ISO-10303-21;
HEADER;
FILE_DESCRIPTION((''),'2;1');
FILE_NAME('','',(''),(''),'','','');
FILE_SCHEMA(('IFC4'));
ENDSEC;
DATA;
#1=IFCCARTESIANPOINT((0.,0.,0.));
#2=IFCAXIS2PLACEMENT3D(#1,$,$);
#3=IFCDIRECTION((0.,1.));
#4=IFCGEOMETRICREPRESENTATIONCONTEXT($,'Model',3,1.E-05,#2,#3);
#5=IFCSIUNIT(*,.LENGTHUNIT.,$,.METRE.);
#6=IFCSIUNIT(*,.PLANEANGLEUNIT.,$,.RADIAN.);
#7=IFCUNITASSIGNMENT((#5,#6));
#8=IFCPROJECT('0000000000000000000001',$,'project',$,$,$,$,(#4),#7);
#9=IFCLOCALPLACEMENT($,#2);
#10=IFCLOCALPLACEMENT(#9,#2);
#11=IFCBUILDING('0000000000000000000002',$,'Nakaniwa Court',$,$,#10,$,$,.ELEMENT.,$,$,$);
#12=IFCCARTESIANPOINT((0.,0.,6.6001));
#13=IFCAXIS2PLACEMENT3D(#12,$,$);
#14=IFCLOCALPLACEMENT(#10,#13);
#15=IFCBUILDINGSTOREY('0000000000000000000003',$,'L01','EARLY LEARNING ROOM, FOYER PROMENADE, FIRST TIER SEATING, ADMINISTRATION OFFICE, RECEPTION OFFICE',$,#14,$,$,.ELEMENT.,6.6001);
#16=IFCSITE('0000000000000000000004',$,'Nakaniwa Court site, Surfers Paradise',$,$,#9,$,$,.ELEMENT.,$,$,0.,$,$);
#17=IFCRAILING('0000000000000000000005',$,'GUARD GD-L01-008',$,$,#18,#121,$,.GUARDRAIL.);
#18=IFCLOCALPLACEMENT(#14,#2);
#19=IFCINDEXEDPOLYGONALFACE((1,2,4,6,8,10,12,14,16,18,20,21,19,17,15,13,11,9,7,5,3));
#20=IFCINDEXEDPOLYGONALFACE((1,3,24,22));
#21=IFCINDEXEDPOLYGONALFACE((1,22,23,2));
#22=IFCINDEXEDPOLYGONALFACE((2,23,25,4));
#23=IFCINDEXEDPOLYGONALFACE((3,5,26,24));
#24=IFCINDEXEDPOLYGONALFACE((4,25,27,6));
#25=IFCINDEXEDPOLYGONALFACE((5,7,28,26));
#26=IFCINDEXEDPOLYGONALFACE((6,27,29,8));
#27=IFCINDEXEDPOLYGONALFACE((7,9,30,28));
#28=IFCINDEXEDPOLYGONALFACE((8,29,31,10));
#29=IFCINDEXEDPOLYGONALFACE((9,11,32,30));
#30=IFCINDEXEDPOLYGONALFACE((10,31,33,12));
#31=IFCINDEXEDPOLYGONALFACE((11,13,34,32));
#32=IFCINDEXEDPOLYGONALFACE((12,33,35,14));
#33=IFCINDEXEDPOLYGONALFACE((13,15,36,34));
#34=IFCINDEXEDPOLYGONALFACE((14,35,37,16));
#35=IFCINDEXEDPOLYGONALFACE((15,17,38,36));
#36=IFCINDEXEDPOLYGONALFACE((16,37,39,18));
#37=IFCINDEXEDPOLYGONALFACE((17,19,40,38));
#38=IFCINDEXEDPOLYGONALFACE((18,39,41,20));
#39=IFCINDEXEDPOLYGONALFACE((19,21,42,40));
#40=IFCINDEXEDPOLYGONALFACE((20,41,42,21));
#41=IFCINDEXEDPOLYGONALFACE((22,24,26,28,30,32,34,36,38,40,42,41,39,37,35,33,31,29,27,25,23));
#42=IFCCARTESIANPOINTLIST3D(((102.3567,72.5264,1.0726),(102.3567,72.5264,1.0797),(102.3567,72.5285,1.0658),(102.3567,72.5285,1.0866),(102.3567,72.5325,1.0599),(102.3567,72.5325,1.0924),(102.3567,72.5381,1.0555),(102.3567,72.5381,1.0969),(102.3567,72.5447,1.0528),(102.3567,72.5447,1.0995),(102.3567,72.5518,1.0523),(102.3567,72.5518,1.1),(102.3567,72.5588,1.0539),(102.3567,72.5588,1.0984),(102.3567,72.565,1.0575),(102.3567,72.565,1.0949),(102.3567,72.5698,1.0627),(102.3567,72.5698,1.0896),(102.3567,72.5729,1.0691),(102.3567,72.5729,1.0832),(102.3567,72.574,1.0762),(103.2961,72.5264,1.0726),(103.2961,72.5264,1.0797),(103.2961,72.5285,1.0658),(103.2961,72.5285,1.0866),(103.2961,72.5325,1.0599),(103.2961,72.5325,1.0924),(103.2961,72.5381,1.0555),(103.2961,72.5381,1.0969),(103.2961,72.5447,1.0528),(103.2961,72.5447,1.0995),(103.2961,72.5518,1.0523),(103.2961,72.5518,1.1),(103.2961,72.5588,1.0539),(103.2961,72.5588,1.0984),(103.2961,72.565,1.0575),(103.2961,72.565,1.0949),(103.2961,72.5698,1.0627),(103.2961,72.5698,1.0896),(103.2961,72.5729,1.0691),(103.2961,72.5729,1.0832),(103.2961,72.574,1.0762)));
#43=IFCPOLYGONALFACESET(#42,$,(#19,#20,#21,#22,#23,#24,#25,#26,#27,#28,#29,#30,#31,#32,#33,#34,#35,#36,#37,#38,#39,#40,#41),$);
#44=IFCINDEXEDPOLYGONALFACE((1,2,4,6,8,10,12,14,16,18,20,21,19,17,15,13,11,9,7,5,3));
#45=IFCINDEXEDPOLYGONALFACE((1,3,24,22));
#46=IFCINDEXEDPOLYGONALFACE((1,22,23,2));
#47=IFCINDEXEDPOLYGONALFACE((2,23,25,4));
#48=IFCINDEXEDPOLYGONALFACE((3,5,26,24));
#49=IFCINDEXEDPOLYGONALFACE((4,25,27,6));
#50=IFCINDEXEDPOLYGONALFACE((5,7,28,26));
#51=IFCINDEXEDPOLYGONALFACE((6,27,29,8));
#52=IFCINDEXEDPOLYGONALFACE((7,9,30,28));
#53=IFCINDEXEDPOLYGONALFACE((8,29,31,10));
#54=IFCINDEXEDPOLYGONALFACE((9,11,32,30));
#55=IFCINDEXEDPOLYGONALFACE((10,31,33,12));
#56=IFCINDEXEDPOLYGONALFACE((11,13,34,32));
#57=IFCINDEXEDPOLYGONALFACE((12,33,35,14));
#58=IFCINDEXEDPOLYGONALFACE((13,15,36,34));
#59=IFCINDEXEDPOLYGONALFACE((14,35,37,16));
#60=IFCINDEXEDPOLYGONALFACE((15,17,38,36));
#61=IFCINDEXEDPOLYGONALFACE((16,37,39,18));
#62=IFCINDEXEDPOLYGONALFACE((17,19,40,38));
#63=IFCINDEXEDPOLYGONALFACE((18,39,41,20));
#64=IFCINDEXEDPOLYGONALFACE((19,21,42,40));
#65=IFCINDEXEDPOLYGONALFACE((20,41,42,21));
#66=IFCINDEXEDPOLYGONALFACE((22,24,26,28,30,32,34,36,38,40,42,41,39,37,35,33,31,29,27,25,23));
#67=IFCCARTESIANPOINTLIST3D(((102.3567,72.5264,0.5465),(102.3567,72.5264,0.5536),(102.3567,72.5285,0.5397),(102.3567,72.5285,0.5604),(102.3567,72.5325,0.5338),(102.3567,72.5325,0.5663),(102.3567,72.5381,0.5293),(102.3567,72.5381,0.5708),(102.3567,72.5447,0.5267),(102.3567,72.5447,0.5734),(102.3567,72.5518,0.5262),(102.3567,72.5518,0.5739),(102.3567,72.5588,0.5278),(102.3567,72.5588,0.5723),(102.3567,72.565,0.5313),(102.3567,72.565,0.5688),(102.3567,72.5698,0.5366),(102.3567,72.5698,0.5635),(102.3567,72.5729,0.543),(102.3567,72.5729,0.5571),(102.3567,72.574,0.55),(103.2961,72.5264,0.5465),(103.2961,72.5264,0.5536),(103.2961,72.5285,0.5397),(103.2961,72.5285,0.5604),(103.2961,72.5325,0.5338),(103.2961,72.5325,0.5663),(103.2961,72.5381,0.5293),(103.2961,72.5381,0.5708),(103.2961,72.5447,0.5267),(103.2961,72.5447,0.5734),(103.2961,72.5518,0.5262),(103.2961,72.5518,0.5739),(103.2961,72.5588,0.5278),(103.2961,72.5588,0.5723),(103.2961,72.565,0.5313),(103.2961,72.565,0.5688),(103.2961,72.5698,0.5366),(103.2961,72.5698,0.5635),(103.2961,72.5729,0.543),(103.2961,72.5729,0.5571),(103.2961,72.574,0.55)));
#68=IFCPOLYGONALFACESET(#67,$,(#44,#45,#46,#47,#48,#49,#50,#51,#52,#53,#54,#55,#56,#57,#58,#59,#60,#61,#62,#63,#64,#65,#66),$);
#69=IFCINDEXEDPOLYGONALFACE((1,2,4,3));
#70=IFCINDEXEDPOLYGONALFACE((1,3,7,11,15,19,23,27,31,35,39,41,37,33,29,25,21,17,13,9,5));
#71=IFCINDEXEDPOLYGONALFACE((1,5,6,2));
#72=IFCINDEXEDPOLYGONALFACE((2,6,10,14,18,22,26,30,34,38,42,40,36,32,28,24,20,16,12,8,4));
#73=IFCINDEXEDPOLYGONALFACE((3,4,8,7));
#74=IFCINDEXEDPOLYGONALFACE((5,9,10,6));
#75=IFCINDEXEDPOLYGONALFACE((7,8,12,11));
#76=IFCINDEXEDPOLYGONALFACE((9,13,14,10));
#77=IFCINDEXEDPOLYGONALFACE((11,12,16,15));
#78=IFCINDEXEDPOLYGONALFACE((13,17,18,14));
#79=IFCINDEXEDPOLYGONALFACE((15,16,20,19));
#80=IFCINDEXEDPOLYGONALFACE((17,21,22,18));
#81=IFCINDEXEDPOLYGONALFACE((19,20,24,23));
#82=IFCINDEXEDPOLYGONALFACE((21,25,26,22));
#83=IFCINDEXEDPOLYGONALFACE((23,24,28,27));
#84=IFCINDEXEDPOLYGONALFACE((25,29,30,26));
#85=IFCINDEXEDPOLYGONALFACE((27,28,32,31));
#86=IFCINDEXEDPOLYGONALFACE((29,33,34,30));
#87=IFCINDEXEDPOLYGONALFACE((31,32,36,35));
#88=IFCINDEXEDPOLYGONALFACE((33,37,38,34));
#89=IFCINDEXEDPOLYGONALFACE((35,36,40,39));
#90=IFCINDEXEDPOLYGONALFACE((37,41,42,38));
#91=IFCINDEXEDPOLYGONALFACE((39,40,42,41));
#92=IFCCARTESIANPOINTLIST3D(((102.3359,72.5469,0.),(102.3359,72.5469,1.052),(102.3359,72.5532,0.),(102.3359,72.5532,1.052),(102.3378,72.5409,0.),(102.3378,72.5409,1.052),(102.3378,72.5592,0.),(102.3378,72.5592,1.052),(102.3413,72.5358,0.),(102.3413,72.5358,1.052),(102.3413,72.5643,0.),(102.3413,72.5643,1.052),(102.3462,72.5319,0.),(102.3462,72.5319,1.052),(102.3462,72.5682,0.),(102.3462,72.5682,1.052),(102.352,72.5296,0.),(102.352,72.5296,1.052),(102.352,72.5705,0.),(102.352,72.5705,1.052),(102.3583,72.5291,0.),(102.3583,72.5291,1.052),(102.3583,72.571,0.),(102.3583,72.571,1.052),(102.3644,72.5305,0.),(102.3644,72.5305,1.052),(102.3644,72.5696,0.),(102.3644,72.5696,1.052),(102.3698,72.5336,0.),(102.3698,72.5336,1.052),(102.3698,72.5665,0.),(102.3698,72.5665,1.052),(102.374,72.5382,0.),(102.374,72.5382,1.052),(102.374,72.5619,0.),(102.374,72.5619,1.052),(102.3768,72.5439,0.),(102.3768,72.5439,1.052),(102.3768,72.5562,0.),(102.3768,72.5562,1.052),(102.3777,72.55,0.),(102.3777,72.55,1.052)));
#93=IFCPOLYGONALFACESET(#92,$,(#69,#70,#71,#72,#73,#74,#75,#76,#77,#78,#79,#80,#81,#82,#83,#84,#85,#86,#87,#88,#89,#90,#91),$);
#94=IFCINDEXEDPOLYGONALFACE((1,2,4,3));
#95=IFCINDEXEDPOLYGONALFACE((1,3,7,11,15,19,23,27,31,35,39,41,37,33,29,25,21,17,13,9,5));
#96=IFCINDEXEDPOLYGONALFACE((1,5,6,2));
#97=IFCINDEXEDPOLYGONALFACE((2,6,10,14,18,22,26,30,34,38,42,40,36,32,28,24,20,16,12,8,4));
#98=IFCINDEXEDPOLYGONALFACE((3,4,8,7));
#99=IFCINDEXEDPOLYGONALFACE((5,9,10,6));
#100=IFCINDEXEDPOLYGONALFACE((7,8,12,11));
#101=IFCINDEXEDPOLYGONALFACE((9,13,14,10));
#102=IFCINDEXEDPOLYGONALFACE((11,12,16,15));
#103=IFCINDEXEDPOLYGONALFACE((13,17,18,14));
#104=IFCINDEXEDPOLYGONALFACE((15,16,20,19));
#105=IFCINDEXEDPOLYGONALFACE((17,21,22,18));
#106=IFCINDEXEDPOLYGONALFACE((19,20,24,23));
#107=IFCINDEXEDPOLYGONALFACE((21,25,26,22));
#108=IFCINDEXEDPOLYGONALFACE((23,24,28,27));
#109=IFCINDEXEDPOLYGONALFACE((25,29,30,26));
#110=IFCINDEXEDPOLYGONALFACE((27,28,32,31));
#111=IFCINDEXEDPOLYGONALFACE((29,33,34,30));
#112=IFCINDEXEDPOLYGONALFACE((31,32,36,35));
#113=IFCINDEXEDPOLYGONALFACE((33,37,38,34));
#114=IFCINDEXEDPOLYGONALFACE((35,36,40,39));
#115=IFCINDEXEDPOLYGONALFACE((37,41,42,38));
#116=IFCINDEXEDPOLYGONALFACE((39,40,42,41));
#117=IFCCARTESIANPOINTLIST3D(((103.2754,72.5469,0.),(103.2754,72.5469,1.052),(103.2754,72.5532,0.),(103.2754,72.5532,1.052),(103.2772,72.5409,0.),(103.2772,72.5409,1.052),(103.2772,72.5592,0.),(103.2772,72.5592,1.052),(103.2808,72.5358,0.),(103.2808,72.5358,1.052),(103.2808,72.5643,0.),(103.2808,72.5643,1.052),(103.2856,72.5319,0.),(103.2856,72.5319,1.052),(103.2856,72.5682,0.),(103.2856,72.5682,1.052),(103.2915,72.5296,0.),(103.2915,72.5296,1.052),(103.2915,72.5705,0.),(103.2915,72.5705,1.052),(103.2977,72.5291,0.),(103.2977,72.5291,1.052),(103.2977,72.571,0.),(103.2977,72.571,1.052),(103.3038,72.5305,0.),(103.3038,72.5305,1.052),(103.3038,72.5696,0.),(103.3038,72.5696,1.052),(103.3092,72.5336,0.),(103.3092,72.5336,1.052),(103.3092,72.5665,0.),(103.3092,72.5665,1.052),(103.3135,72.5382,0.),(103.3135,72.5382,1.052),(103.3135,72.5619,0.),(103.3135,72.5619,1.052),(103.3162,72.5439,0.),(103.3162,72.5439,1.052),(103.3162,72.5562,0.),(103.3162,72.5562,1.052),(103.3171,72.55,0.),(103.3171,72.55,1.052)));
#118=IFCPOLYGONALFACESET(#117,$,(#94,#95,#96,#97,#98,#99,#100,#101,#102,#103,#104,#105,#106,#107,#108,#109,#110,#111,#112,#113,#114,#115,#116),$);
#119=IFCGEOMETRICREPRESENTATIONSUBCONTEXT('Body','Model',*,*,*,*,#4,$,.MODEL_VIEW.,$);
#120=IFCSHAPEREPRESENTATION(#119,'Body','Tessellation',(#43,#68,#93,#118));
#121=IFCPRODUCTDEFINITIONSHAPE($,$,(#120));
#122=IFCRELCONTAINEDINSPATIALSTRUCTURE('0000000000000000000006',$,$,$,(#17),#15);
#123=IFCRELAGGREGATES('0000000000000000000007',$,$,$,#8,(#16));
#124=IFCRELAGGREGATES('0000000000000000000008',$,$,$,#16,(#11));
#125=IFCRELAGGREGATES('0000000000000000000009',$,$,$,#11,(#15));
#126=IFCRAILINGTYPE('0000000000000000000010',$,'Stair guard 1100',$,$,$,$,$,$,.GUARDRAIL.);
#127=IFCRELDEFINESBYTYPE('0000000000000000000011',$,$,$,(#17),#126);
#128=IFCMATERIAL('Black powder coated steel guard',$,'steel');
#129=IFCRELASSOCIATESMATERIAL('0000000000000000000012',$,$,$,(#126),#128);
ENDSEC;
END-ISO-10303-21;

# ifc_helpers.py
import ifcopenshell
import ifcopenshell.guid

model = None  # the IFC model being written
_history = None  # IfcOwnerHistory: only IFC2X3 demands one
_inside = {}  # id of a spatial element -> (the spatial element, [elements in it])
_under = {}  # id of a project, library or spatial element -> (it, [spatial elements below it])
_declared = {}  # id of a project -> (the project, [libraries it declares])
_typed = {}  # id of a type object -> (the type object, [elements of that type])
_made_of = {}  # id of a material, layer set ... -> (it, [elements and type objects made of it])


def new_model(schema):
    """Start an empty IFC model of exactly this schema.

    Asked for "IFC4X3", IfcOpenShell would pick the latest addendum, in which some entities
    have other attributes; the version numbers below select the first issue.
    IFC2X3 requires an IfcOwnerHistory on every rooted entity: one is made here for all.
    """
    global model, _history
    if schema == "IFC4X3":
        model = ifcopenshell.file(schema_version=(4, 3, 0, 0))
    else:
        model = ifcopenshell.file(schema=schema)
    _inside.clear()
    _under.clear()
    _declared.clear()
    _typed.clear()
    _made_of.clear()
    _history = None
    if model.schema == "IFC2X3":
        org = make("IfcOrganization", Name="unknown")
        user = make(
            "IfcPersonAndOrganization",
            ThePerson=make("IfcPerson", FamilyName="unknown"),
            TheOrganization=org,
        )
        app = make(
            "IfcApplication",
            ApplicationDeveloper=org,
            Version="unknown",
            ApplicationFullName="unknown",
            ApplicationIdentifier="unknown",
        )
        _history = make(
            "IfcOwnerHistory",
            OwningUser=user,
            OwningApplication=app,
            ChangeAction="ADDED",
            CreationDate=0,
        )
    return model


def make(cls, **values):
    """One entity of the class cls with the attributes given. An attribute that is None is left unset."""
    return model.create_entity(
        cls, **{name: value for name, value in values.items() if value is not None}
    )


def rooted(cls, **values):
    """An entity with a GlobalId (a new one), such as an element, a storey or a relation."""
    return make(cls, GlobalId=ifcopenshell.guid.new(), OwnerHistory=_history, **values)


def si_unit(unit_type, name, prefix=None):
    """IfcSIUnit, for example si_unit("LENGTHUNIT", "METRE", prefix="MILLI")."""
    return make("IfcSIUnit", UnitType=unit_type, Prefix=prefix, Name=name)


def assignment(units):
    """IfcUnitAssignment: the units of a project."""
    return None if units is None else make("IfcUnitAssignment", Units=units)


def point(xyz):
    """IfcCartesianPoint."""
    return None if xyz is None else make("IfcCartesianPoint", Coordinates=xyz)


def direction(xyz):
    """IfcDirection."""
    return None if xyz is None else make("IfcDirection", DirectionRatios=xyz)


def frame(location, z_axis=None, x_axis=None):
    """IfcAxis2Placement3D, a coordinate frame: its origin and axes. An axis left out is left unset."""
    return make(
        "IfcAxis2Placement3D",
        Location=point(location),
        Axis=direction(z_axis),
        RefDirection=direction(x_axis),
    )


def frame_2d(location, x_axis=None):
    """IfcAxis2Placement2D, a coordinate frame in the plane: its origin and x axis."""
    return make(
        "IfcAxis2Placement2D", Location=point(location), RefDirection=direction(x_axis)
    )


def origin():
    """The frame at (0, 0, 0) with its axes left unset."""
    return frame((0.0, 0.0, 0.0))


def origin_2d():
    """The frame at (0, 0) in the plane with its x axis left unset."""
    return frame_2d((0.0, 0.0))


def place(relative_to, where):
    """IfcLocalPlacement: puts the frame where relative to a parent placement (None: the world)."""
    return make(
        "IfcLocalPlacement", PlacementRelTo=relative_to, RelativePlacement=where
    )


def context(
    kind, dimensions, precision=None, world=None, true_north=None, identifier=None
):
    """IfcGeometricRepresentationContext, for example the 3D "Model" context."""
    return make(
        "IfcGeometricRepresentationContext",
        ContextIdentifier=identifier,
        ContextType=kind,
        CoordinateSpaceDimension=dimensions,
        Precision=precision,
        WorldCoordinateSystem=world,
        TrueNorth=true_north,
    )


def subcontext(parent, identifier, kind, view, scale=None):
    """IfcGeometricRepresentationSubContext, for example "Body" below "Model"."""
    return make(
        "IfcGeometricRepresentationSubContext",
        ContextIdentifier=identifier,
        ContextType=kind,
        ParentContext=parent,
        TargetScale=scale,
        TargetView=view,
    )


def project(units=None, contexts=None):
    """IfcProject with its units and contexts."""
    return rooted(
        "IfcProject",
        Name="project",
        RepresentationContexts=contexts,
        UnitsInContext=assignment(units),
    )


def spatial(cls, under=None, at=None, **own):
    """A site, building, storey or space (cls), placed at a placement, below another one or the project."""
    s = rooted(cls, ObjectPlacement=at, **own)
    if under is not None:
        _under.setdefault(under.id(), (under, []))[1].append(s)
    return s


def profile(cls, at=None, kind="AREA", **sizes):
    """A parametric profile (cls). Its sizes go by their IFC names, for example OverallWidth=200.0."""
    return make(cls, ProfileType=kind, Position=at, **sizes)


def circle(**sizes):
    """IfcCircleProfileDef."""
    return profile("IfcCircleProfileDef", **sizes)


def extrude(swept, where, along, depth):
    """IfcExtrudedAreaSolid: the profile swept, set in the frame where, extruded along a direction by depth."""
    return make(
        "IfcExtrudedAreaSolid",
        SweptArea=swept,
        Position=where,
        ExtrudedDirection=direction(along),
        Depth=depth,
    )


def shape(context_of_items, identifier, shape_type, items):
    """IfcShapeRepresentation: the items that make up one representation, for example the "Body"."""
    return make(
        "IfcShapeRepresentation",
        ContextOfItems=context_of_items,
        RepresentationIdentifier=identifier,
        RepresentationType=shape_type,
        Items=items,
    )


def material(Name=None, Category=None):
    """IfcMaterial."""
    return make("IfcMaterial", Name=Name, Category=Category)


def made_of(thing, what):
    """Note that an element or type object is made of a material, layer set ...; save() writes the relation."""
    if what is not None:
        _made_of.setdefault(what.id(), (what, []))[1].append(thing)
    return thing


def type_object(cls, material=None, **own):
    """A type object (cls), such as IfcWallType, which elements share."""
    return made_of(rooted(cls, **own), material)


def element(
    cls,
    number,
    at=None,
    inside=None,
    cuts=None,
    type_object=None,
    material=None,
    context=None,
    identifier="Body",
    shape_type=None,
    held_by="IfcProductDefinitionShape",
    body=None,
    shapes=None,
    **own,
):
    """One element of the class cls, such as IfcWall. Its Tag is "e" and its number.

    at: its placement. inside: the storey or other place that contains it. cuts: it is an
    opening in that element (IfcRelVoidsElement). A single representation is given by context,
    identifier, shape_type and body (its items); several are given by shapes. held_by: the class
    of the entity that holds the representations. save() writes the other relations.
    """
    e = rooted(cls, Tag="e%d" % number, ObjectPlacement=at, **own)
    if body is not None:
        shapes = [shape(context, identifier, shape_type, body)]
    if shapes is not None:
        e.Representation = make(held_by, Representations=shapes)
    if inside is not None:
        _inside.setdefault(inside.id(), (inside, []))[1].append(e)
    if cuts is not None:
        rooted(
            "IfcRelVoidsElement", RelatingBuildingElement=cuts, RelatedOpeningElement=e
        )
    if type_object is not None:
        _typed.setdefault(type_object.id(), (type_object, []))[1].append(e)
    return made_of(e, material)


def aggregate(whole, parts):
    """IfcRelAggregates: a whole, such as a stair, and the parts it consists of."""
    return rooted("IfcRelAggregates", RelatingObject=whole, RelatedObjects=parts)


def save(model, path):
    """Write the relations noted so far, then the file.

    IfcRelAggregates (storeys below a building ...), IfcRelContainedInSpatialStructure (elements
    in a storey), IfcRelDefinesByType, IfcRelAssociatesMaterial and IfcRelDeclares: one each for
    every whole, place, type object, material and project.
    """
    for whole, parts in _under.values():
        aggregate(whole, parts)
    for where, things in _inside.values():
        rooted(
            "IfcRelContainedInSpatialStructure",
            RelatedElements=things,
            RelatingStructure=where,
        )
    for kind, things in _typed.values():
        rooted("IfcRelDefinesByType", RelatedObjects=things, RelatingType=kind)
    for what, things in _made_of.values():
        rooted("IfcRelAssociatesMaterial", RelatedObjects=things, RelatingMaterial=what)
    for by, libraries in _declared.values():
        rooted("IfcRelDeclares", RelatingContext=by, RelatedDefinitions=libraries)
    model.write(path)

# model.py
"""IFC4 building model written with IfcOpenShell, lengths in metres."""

from ifc_helpers import new_model, si_unit, direction, frame, origin, origin_2d, place, context, subcontext, project, spatial, circle, extrude, material, type_object, element, save


model = new_model("IFC4")

# Units and contexts
model_context = context("Model", 3, precision=1e-05, world=origin(), true_north=direction((0.0, 1.0)))
body_context = subcontext(model_context, "Body", "Model", "MODEL_VIEW")
ifc_project = project(units=[si_unit("LENGTHUNIT", "METRE"), si_unit("PLANEANGLEUNIT", "RADIAN")], contexts=[model_context])

# Site, building, storey
site_placement = place(None, origin())
site = spatial("IfcSite", under=ifc_project, at=site_placement, Name="Nakaniwa Court site, Surfers Paradise", CompositionType="ELEMENT", RefElevation=0.0)
building_placement = place(site_placement, origin())
building = spatial("IfcBuilding", under=site, at=building_placement, Name="Nakaniwa Court", CompositionType="ELEMENT")
storey_placement = place(building_placement, frame((0.0, 0.0, 6.6001)))
storey = spatial("IfcBuildingStorey", under=building, at=storey_placement, Name="L01", Description="EARLY LEARNING ROOM, FOYER PROMENADE, FIRST TIER SEATING, ADMINISTRATION OFFICE, RECEPTION OFFICE", CompositionType="ELEMENT", Elevation=6.6001)

# Railing
ifc_material_1 = material(Name="Black powder coated steel guard", Category="steel")
railing_type_1 = type_object("IfcRailingType", Name="Stair guard 1100", PredefinedType="GUARDRAIL", material=ifc_material_1)
railing_1_placement = place(storey_placement, frame((102.3567, 72.55, 0.0)))
element("IfcRailing", 1, at=railing_1_placement, inside=storey, type_object=railing_type_1, Name="GUARD GD-L01-008", PredefinedType="GUARDRAIL", context=body_context, shape_type="SweptSolid", body=[
    extrude(circle(Radius=0.0239, at=origin_2d()), frame((0.0, 0.0, 1.0762), z_axis=(1.0, 0.0, 0.0), x_axis=(0.0, 1.0, 0.0)), (0.0, 0.0, 1.0), 0.9395),
    extrude(circle(Radius=0.0239, at=origin_2d()), frame((0.0, 0.0, 0.55), z_axis=(1.0, 0.0, 0.0), x_axis=(0.0, 1.0, 0.0)), (0.0, 0.0, 1.0), 0.9395),
    extrude(circle(Radius=0.021, at=origin_2d()), origin(), (0.0, 0.0, 1.0), 1.052),
    extrude(circle(Radius=0.021, at=origin_2d()), frame((0.9395, 0.0, 0.0)), (0.0, 0.0, 1.0), 1.052),
])

save(model, "model.ifc")
